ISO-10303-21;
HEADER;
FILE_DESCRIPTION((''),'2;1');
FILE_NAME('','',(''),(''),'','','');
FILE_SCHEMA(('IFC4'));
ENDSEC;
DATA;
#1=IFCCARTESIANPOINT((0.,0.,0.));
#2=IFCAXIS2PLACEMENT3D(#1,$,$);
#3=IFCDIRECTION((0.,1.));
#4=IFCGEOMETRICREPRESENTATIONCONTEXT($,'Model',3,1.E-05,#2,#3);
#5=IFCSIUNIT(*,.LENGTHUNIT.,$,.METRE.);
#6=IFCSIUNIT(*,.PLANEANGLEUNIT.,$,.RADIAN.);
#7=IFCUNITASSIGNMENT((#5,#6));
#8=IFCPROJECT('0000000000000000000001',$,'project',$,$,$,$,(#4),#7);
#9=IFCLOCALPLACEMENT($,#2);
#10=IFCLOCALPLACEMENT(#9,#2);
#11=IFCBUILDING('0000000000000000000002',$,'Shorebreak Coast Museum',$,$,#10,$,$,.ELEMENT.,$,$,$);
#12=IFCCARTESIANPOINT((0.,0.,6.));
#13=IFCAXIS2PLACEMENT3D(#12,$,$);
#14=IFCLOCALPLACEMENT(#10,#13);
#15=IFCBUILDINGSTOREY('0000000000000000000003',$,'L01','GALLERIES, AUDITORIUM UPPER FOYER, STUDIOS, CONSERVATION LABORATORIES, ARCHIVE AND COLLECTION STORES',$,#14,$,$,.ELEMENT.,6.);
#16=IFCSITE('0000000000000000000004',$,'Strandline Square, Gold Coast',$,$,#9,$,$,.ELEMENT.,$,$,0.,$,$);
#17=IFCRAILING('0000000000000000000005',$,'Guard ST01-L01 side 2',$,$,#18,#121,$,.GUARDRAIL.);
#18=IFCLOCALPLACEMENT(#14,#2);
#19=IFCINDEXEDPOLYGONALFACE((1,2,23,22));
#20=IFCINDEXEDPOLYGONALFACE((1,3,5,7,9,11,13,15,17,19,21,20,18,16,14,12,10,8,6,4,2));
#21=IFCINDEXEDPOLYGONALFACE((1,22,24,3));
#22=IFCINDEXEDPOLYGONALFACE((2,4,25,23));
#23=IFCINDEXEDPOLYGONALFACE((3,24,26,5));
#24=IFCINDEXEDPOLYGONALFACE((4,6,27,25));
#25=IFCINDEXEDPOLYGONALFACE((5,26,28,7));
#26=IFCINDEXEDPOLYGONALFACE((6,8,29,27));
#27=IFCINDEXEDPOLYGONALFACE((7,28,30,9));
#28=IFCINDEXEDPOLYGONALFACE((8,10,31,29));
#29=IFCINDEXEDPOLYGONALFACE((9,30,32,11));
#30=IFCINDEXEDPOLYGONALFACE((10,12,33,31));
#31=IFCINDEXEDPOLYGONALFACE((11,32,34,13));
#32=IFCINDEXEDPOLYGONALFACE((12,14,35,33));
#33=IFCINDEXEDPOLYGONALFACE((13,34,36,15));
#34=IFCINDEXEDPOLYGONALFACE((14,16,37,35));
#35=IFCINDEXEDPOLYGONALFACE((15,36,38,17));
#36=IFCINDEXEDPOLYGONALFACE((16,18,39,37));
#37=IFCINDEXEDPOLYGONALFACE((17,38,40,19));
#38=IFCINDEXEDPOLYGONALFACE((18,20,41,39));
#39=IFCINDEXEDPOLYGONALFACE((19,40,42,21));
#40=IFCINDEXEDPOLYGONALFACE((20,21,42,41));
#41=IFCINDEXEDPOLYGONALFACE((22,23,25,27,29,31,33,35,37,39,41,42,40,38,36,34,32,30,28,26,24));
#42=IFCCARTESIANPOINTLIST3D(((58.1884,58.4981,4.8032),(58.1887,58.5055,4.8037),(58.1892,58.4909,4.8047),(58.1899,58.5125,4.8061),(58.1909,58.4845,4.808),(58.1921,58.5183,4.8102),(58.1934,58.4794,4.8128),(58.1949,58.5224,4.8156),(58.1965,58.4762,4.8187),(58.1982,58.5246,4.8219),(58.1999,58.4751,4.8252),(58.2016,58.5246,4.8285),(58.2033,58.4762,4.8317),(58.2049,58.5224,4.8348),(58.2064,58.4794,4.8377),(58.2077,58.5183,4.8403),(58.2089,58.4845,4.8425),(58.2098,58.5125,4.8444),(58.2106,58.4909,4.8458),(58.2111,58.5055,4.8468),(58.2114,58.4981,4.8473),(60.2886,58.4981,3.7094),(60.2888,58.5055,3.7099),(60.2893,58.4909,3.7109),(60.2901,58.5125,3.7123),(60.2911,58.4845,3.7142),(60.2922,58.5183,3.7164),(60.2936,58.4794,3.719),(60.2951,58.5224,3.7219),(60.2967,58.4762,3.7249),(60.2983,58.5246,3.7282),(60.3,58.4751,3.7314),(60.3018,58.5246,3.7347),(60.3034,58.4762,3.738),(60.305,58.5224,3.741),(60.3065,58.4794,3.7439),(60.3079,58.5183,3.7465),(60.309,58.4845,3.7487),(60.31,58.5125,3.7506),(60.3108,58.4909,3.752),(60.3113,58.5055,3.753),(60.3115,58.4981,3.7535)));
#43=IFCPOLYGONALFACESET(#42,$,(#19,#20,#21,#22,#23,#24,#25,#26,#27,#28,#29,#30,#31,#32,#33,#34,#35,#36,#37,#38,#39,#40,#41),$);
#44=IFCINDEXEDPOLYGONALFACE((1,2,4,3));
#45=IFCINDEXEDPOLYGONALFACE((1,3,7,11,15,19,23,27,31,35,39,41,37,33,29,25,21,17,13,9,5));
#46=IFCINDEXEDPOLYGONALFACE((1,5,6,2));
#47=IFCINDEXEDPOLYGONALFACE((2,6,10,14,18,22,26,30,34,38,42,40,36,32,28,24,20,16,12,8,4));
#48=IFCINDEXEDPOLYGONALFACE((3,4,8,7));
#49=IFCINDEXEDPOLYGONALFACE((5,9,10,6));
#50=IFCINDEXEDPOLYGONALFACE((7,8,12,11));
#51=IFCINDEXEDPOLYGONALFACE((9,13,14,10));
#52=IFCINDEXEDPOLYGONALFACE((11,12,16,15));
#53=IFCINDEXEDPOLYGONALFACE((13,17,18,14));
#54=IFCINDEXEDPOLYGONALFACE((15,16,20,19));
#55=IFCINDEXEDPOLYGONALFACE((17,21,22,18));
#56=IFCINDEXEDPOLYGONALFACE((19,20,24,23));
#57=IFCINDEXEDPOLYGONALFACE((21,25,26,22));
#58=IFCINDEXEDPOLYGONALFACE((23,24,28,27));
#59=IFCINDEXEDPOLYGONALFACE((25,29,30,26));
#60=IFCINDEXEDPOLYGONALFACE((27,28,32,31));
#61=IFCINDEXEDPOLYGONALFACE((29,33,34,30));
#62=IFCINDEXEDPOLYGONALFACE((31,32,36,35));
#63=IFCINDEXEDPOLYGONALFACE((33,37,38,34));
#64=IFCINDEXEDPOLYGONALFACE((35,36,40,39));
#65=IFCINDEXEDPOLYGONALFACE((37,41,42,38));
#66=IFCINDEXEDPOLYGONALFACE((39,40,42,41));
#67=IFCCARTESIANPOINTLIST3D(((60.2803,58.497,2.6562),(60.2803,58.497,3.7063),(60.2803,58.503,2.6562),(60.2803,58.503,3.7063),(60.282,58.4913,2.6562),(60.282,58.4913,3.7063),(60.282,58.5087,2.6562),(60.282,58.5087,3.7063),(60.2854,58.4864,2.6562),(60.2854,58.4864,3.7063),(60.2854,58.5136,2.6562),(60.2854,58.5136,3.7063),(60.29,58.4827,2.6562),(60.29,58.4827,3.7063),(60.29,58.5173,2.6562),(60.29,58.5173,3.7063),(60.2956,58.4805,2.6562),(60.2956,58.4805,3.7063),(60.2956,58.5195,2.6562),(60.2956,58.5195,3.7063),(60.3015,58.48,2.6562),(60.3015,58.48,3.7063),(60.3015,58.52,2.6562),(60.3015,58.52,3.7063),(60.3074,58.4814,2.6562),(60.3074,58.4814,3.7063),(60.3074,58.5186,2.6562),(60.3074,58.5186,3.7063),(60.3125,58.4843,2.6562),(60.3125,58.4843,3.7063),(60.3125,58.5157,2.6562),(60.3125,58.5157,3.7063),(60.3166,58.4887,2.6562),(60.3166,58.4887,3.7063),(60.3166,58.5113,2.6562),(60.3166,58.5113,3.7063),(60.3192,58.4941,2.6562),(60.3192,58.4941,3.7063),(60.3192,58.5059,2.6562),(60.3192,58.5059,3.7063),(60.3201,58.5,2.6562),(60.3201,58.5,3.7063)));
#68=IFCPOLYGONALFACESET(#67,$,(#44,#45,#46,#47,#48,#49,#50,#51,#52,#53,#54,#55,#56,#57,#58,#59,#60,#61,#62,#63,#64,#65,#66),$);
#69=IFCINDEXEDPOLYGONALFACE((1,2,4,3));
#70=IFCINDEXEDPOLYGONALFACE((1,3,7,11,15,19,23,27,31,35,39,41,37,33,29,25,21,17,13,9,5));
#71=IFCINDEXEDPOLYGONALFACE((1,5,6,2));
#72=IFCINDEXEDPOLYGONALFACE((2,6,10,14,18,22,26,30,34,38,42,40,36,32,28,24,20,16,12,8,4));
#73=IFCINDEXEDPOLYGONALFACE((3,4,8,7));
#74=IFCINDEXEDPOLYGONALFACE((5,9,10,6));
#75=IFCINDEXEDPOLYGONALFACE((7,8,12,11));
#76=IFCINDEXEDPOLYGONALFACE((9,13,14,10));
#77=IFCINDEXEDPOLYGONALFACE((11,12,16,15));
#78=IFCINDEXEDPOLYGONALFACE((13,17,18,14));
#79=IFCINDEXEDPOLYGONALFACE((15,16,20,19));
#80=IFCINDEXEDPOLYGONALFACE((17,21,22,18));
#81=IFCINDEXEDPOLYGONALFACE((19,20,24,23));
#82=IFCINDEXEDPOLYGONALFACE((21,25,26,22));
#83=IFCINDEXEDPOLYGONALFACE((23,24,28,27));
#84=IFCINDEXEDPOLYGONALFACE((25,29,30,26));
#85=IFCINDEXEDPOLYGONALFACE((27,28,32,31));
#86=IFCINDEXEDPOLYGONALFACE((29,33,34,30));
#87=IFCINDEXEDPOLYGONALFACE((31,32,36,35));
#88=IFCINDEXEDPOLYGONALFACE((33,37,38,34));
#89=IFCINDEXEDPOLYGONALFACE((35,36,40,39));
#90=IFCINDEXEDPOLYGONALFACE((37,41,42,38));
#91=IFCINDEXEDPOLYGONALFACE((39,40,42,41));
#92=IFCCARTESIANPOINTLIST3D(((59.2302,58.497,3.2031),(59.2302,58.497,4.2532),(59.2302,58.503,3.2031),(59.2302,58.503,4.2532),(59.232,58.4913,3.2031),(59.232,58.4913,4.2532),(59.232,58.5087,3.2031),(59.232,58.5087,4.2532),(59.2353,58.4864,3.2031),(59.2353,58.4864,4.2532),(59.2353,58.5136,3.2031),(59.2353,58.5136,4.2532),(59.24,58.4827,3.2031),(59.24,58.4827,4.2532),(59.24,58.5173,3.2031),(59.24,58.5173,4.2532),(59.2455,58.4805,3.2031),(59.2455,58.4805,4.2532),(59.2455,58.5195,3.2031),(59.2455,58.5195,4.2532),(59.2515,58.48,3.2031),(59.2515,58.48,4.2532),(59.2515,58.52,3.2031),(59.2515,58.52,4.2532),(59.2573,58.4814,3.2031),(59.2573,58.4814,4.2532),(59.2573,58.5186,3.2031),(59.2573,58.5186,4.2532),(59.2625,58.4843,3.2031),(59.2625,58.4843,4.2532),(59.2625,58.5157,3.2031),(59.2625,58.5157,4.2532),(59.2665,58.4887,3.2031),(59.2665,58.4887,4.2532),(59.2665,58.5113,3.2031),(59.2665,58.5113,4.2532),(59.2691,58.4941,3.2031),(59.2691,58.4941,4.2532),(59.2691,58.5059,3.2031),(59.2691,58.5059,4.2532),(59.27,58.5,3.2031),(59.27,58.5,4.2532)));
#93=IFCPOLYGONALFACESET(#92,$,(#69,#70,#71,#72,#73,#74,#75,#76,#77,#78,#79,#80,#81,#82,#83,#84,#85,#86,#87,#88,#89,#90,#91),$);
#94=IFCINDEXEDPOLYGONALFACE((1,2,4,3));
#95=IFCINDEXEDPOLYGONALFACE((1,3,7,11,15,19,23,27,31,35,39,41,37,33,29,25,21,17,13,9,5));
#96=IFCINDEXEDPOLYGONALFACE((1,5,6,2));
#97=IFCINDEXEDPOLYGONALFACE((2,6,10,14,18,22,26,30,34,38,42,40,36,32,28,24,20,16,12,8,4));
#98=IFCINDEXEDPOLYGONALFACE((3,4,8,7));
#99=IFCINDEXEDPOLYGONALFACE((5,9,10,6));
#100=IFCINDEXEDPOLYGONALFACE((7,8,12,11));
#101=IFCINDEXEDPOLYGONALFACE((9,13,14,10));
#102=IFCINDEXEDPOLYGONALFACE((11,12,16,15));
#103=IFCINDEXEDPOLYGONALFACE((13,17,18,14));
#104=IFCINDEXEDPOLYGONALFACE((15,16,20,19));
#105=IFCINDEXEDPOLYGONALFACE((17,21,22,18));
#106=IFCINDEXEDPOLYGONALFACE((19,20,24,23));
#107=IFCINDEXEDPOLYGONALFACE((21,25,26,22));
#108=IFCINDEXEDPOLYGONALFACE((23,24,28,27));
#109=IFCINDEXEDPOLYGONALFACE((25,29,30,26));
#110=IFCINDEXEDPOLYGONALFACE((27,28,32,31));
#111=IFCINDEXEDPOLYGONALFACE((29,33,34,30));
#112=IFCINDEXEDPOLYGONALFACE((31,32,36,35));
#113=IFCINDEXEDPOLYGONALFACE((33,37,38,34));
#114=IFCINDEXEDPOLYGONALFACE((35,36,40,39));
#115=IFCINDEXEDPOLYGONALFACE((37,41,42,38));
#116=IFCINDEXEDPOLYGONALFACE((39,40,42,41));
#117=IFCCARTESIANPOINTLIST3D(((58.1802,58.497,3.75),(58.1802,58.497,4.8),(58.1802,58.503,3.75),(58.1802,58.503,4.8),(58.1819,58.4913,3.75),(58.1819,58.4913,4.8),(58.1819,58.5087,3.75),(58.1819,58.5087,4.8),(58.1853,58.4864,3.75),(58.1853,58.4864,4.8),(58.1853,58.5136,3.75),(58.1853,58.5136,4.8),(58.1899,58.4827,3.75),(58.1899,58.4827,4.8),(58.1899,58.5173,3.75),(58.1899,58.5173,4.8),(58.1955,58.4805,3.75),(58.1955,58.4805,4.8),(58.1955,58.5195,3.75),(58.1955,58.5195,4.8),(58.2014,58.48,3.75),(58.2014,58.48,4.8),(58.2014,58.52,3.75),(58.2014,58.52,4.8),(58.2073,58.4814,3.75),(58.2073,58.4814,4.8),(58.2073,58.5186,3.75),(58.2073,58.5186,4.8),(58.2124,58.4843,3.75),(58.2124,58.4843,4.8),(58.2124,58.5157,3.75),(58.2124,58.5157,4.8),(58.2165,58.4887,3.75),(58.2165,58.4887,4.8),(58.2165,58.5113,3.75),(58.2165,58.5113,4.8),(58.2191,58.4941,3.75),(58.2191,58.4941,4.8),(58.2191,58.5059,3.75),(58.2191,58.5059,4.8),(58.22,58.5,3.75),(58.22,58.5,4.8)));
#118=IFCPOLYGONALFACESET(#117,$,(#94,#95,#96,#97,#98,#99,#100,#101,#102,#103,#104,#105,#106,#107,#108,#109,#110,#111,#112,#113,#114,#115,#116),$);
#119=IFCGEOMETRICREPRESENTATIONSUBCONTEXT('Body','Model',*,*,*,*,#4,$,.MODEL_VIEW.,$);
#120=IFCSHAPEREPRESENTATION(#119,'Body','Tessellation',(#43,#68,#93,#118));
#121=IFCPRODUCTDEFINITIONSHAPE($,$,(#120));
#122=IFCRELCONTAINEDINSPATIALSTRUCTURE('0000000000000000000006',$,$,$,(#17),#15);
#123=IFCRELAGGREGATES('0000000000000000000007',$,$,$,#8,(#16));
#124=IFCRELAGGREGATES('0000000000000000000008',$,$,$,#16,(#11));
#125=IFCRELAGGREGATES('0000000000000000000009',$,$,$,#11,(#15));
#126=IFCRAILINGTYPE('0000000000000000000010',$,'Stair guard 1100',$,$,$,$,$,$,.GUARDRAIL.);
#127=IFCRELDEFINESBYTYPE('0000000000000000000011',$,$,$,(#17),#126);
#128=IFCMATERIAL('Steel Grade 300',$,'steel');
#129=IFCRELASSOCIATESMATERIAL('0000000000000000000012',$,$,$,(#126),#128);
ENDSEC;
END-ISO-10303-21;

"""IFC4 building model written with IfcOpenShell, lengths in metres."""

from ifc_helpers import new_model, si_unit, direction, frame, origin, origin_2d, place, context, subcontext, project, spatial, circle, extrude, material, type_object, element, save


model = new_model("IFC4")

# Units and contexts
model_context = context("Model", 3, precision=1e-05, world=origin(), true_north=direction((0.0, 1.0)))
body_context = subcontext(model_context, "Body", "Model", "MODEL_VIEW")
ifc_project = project(units=[si_unit("LENGTHUNIT", "METRE"), si_unit("PLANEANGLEUNIT", "RADIAN")], contexts=[model_context])

# Site, building, storey
site_placement = place(None, origin())
site = spatial("IfcSite", under=ifc_project, at=site_placement, Name="Strandline Square, Gold Coast", CompositionType="ELEMENT", RefElevation=0.0)
building_placement = place(site_placement, origin())
building = spatial("IfcBuilding", under=site, at=building_placement, Name="Shorebreak Coast Museum", CompositionType="ELEMENT")
storey_placement = place(building_placement, frame((0.0, 0.0, 6.0)))
storey = spatial("IfcBuildingStorey", under=building, at=storey_placement, Name="L01", Description="GALLERIES, AUDITORIUM UPPER FOYER, STUDIOS, CONSERVATION LABORATORIES, ARCHIVE AND COLLECTION STORES", CompositionType="ELEMENT", Elevation=6.0)

# Railing
ifc_material_1 = material(Name="Steel Grade 300", Category="steel")
railing_type_1 = type_object("IfcRailingType", Name="Stair guard 1100", PredefinedType="GUARDRAIL", material=ifc_material_1)
railing_1_placement = place(storey_placement, frame((60.3, 58.5, 2.6562)))
element("IfcRailing", 1, at=railing_1_placement, inside=storey, type_object=railing_type_1, Name="Guard ST01-L01 side 2", PredefinedType="GUARDRAIL", context=body_context, shape_type="SweptSolid", body=[
    extrude(circle(Radius=0.0249, at=origin_2d()), frame((0.0, 0.0, 1.0752), z_axis=(-0.886923, 0.0, 0.461918), x_axis=(0.0, -1.0, 0.0)), (0.0, 0.0, 1.0), 2.3679),
    extrude(circle(Radius=0.02, at=origin_2d()), origin(), (0.0, 0.0, 1.0), 1.05),
    extrude(circle(Radius=0.02, at=origin_2d()), frame((-1.05, 0.0, 0.5469)), (0.0, 0.0, 1.0), 1.05),
    extrude(circle(Radius=0.02, at=origin_2d()), frame((-2.1001, 0.0, 1.0938)), (0.0, 0.0, 1.0), 1.05),
])

save(model, "model.ifc")
